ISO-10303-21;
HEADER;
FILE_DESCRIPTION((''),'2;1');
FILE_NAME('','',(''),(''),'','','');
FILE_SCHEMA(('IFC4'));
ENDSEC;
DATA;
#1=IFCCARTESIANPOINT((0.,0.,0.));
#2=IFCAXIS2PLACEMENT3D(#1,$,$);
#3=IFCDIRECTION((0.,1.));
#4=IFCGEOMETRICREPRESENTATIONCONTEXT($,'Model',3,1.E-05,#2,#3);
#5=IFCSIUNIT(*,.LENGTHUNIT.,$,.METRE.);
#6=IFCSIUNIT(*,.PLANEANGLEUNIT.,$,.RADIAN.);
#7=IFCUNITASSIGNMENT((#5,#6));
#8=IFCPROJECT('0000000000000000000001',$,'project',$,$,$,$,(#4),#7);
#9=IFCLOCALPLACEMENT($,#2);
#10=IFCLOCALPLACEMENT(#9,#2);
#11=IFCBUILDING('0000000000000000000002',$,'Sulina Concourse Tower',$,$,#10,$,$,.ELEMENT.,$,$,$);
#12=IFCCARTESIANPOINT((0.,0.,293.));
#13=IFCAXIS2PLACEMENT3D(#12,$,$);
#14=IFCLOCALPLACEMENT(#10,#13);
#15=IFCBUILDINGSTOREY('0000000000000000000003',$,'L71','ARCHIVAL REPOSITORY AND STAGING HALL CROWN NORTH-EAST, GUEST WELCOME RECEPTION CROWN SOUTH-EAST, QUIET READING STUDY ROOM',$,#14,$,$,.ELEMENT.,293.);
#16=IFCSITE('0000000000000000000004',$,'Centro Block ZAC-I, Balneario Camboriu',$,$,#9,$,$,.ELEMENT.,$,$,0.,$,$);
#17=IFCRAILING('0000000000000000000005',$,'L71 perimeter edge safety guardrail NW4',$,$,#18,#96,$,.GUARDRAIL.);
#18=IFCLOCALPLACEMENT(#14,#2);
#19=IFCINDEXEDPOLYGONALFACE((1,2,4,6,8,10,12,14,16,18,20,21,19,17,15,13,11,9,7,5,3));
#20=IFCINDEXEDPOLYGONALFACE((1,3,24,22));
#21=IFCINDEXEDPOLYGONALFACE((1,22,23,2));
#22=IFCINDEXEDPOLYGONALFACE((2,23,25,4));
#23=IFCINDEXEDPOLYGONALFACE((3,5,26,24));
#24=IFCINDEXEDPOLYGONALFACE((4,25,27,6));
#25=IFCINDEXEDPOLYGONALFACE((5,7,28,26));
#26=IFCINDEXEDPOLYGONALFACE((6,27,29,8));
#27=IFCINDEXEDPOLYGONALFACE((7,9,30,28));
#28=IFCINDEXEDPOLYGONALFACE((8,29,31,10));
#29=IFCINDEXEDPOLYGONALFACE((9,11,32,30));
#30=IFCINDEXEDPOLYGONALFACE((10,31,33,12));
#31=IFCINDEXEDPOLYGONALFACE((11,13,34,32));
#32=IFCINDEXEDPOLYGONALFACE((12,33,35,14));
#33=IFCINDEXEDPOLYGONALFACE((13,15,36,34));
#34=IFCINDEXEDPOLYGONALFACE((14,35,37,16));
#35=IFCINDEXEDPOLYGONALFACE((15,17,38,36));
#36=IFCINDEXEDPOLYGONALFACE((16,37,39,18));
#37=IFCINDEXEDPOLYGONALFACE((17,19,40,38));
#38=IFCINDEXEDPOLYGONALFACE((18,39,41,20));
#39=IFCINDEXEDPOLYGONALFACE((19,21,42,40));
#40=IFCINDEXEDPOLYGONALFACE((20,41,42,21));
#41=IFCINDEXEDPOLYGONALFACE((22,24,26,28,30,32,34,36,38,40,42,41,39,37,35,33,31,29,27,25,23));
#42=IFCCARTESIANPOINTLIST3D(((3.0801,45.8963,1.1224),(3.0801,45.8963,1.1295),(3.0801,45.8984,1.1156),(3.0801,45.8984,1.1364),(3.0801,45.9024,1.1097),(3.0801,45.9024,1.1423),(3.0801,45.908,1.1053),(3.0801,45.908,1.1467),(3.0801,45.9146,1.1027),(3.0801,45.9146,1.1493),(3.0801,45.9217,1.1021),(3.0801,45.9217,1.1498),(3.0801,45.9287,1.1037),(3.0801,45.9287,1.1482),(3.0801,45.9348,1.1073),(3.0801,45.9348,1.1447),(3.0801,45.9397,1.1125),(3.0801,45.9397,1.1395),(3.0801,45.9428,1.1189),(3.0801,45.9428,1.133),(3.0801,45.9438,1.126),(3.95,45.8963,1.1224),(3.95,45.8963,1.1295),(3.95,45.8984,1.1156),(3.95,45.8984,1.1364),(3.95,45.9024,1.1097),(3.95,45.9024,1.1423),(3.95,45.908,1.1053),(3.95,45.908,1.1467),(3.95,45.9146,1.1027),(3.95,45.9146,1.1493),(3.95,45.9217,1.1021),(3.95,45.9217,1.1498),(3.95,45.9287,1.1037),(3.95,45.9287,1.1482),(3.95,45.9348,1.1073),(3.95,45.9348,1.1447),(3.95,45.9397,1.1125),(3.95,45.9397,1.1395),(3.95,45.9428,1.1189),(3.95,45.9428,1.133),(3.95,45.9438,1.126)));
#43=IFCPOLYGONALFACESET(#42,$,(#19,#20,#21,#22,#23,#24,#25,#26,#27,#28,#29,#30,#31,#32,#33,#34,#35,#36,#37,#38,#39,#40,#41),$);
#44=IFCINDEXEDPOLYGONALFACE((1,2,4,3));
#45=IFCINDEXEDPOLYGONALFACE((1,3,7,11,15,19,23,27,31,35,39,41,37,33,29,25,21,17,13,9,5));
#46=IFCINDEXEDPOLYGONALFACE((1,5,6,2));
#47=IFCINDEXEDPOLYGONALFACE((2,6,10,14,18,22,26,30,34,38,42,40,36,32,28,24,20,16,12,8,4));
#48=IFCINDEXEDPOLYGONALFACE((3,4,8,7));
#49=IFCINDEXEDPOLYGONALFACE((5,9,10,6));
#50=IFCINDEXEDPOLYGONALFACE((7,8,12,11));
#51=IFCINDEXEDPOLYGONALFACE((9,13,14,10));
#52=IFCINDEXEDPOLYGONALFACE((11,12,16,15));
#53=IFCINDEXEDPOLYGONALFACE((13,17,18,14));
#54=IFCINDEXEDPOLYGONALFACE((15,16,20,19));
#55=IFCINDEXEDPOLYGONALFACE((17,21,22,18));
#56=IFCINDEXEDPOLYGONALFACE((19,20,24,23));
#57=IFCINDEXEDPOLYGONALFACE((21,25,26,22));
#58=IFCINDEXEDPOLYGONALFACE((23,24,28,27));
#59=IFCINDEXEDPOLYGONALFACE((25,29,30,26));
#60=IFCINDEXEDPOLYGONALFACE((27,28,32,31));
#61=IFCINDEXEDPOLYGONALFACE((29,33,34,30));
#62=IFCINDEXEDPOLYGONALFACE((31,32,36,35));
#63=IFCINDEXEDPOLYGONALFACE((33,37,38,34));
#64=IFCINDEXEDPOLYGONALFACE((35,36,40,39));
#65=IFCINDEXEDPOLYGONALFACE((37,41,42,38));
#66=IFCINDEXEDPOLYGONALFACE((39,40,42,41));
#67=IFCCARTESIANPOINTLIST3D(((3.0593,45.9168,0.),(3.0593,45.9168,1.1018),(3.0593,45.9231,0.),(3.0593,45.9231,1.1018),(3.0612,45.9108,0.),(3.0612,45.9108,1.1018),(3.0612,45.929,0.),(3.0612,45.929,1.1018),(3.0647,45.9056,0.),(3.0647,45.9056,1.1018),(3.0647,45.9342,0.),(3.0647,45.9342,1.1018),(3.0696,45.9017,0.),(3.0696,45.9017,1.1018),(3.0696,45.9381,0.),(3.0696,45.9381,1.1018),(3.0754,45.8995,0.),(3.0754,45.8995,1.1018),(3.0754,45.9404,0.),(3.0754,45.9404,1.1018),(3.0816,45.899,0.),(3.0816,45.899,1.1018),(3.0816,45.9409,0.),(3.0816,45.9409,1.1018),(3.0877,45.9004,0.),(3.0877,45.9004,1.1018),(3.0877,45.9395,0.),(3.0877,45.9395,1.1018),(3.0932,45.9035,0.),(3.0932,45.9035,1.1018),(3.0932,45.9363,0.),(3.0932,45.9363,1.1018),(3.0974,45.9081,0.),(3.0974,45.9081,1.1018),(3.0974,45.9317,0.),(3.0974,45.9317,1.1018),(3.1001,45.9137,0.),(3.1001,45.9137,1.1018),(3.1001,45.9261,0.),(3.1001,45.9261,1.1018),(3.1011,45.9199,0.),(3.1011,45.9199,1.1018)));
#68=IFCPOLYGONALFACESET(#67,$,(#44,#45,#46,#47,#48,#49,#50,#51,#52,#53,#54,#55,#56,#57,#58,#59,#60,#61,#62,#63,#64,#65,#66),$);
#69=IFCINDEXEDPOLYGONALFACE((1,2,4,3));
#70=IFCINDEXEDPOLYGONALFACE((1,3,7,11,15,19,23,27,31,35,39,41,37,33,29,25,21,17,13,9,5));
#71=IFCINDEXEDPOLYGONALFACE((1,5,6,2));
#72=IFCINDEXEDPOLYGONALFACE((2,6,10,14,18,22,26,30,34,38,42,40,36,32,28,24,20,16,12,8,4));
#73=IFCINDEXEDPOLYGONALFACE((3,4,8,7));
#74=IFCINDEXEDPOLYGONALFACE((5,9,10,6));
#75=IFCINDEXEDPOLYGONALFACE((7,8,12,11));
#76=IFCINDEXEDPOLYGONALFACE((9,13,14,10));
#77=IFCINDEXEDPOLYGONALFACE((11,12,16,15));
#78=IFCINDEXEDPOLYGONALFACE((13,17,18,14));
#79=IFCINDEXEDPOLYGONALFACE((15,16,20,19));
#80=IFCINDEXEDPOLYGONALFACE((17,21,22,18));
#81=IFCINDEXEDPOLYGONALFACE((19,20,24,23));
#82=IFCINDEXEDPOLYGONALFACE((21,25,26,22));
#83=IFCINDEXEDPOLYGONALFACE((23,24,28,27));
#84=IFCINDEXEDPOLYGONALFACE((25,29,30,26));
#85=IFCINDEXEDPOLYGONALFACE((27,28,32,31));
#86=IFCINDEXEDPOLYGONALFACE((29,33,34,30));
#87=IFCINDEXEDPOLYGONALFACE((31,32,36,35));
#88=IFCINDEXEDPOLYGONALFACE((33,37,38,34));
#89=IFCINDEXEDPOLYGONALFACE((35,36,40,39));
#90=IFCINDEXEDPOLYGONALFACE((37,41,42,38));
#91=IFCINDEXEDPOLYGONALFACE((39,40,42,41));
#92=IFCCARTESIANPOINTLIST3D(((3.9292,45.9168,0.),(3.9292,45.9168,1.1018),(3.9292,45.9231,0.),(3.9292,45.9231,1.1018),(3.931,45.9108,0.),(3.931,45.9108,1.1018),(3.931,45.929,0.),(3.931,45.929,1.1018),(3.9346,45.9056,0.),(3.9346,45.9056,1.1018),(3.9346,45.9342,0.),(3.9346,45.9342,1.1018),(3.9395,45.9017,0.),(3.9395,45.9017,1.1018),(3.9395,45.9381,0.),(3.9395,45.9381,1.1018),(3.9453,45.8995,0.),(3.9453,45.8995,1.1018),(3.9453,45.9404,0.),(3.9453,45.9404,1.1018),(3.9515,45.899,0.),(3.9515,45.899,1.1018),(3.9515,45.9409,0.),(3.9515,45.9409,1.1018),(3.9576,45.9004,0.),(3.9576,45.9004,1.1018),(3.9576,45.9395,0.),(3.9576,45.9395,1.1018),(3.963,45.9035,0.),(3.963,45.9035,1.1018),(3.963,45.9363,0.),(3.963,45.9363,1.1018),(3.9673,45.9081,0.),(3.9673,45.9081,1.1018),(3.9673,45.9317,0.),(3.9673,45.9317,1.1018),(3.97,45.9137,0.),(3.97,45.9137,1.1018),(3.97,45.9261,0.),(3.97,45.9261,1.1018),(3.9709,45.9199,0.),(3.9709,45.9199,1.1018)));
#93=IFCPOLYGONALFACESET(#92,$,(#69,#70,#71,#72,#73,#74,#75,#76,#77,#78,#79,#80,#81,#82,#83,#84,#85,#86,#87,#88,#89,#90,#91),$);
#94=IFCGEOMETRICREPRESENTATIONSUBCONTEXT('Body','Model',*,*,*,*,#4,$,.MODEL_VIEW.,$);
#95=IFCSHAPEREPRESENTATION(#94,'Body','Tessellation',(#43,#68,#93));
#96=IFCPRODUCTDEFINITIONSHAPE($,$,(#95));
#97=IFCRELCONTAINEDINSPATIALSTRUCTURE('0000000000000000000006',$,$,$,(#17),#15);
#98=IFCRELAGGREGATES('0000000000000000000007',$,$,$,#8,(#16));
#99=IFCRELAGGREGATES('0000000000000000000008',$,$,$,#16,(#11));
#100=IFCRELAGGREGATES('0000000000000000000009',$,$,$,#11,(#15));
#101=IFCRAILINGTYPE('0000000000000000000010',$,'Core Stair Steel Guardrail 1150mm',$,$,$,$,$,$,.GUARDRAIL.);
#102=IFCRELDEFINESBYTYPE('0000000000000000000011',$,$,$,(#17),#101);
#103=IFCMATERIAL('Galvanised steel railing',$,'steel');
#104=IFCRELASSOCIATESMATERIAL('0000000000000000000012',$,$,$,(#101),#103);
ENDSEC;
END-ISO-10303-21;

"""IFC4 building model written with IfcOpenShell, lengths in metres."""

from ifc_helpers import new_model, si_unit, direction, frame, origin, origin_2d, place, context, subcontext, project, spatial, circle, extrude, material, type_object, element, save


model = new_model("IFC4")

# Units and contexts
model_context = context("Model", 3, precision=1e-05, world=origin(), true_north=direction((0.0, 1.0)))
body_context = subcontext(model_context, "Body", "Model", "MODEL_VIEW")
ifc_project = project(units=[si_unit("LENGTHUNIT", "METRE"), si_unit("PLANEANGLEUNIT", "RADIAN")], contexts=[model_context])

# Site, building, storey
site_placement = place(None, origin())
site = spatial("IfcSite", under=ifc_project, at=site_placement, Name="Centro Block ZAC-I, Balneario Camboriu", CompositionType="ELEMENT", RefElevation=0.0)
building_placement = place(site_placement, origin())
building = spatial("IfcBuilding", under=site, at=building_placement, Name="Sulina Concourse Tower", CompositionType="ELEMENT")
storey_placement = place(building_placement, frame((0.0, 0.0, 293.0)))
storey = spatial("IfcBuildingStorey", under=building, at=storey_placement, Name="L71", Description="ARCHIVAL REPOSITORY AND STAGING HALL CROWN NORTH-EAST, GUEST WELCOME RECEPTION CROWN SOUTH-EAST, QUIET READING STUDY ROOM", CompositionType="ELEMENT", Elevation=293.0)

# Railing
ifc_material_1 = material(Name="Galvanised steel railing", Category="steel")
railing_type_1 = type_object("IfcRailingType", Name="Core Stair Steel Guardrail 1150mm", PredefinedType="GUARDRAIL", material=ifc_material_1)
railing_1_placement = place(storey_placement, frame((3.0801, 45.9199, 0.0)))
element("IfcRailing", 1, at=railing_1_placement, inside=storey, type_object=railing_type_1, Name="L71 perimeter edge safety guardrail NW4", PredefinedType="GUARDRAIL", context=body_context, shape_type="SweptSolid", body=[
    extrude(circle(Radius=0.0239, at=origin_2d()), frame((0.0, 0.0, 1.126), z_axis=(1.0, 0.0, 0.0), x_axis=(0.0, 1.0, 0.0)), (0.0, 0.0, 1.0), 0.8699),
    extrude(circle(Radius=0.021, at=origin_2d()), origin(), (0.0, 0.0, 1.0), 1.1018),
    extrude(circle(Radius=0.021, at=origin_2d()), frame((0.8699, 0.0, 0.0)), (0.0, 0.0, 1.0), 1.1018),
])

save(model, "model.ifc")
